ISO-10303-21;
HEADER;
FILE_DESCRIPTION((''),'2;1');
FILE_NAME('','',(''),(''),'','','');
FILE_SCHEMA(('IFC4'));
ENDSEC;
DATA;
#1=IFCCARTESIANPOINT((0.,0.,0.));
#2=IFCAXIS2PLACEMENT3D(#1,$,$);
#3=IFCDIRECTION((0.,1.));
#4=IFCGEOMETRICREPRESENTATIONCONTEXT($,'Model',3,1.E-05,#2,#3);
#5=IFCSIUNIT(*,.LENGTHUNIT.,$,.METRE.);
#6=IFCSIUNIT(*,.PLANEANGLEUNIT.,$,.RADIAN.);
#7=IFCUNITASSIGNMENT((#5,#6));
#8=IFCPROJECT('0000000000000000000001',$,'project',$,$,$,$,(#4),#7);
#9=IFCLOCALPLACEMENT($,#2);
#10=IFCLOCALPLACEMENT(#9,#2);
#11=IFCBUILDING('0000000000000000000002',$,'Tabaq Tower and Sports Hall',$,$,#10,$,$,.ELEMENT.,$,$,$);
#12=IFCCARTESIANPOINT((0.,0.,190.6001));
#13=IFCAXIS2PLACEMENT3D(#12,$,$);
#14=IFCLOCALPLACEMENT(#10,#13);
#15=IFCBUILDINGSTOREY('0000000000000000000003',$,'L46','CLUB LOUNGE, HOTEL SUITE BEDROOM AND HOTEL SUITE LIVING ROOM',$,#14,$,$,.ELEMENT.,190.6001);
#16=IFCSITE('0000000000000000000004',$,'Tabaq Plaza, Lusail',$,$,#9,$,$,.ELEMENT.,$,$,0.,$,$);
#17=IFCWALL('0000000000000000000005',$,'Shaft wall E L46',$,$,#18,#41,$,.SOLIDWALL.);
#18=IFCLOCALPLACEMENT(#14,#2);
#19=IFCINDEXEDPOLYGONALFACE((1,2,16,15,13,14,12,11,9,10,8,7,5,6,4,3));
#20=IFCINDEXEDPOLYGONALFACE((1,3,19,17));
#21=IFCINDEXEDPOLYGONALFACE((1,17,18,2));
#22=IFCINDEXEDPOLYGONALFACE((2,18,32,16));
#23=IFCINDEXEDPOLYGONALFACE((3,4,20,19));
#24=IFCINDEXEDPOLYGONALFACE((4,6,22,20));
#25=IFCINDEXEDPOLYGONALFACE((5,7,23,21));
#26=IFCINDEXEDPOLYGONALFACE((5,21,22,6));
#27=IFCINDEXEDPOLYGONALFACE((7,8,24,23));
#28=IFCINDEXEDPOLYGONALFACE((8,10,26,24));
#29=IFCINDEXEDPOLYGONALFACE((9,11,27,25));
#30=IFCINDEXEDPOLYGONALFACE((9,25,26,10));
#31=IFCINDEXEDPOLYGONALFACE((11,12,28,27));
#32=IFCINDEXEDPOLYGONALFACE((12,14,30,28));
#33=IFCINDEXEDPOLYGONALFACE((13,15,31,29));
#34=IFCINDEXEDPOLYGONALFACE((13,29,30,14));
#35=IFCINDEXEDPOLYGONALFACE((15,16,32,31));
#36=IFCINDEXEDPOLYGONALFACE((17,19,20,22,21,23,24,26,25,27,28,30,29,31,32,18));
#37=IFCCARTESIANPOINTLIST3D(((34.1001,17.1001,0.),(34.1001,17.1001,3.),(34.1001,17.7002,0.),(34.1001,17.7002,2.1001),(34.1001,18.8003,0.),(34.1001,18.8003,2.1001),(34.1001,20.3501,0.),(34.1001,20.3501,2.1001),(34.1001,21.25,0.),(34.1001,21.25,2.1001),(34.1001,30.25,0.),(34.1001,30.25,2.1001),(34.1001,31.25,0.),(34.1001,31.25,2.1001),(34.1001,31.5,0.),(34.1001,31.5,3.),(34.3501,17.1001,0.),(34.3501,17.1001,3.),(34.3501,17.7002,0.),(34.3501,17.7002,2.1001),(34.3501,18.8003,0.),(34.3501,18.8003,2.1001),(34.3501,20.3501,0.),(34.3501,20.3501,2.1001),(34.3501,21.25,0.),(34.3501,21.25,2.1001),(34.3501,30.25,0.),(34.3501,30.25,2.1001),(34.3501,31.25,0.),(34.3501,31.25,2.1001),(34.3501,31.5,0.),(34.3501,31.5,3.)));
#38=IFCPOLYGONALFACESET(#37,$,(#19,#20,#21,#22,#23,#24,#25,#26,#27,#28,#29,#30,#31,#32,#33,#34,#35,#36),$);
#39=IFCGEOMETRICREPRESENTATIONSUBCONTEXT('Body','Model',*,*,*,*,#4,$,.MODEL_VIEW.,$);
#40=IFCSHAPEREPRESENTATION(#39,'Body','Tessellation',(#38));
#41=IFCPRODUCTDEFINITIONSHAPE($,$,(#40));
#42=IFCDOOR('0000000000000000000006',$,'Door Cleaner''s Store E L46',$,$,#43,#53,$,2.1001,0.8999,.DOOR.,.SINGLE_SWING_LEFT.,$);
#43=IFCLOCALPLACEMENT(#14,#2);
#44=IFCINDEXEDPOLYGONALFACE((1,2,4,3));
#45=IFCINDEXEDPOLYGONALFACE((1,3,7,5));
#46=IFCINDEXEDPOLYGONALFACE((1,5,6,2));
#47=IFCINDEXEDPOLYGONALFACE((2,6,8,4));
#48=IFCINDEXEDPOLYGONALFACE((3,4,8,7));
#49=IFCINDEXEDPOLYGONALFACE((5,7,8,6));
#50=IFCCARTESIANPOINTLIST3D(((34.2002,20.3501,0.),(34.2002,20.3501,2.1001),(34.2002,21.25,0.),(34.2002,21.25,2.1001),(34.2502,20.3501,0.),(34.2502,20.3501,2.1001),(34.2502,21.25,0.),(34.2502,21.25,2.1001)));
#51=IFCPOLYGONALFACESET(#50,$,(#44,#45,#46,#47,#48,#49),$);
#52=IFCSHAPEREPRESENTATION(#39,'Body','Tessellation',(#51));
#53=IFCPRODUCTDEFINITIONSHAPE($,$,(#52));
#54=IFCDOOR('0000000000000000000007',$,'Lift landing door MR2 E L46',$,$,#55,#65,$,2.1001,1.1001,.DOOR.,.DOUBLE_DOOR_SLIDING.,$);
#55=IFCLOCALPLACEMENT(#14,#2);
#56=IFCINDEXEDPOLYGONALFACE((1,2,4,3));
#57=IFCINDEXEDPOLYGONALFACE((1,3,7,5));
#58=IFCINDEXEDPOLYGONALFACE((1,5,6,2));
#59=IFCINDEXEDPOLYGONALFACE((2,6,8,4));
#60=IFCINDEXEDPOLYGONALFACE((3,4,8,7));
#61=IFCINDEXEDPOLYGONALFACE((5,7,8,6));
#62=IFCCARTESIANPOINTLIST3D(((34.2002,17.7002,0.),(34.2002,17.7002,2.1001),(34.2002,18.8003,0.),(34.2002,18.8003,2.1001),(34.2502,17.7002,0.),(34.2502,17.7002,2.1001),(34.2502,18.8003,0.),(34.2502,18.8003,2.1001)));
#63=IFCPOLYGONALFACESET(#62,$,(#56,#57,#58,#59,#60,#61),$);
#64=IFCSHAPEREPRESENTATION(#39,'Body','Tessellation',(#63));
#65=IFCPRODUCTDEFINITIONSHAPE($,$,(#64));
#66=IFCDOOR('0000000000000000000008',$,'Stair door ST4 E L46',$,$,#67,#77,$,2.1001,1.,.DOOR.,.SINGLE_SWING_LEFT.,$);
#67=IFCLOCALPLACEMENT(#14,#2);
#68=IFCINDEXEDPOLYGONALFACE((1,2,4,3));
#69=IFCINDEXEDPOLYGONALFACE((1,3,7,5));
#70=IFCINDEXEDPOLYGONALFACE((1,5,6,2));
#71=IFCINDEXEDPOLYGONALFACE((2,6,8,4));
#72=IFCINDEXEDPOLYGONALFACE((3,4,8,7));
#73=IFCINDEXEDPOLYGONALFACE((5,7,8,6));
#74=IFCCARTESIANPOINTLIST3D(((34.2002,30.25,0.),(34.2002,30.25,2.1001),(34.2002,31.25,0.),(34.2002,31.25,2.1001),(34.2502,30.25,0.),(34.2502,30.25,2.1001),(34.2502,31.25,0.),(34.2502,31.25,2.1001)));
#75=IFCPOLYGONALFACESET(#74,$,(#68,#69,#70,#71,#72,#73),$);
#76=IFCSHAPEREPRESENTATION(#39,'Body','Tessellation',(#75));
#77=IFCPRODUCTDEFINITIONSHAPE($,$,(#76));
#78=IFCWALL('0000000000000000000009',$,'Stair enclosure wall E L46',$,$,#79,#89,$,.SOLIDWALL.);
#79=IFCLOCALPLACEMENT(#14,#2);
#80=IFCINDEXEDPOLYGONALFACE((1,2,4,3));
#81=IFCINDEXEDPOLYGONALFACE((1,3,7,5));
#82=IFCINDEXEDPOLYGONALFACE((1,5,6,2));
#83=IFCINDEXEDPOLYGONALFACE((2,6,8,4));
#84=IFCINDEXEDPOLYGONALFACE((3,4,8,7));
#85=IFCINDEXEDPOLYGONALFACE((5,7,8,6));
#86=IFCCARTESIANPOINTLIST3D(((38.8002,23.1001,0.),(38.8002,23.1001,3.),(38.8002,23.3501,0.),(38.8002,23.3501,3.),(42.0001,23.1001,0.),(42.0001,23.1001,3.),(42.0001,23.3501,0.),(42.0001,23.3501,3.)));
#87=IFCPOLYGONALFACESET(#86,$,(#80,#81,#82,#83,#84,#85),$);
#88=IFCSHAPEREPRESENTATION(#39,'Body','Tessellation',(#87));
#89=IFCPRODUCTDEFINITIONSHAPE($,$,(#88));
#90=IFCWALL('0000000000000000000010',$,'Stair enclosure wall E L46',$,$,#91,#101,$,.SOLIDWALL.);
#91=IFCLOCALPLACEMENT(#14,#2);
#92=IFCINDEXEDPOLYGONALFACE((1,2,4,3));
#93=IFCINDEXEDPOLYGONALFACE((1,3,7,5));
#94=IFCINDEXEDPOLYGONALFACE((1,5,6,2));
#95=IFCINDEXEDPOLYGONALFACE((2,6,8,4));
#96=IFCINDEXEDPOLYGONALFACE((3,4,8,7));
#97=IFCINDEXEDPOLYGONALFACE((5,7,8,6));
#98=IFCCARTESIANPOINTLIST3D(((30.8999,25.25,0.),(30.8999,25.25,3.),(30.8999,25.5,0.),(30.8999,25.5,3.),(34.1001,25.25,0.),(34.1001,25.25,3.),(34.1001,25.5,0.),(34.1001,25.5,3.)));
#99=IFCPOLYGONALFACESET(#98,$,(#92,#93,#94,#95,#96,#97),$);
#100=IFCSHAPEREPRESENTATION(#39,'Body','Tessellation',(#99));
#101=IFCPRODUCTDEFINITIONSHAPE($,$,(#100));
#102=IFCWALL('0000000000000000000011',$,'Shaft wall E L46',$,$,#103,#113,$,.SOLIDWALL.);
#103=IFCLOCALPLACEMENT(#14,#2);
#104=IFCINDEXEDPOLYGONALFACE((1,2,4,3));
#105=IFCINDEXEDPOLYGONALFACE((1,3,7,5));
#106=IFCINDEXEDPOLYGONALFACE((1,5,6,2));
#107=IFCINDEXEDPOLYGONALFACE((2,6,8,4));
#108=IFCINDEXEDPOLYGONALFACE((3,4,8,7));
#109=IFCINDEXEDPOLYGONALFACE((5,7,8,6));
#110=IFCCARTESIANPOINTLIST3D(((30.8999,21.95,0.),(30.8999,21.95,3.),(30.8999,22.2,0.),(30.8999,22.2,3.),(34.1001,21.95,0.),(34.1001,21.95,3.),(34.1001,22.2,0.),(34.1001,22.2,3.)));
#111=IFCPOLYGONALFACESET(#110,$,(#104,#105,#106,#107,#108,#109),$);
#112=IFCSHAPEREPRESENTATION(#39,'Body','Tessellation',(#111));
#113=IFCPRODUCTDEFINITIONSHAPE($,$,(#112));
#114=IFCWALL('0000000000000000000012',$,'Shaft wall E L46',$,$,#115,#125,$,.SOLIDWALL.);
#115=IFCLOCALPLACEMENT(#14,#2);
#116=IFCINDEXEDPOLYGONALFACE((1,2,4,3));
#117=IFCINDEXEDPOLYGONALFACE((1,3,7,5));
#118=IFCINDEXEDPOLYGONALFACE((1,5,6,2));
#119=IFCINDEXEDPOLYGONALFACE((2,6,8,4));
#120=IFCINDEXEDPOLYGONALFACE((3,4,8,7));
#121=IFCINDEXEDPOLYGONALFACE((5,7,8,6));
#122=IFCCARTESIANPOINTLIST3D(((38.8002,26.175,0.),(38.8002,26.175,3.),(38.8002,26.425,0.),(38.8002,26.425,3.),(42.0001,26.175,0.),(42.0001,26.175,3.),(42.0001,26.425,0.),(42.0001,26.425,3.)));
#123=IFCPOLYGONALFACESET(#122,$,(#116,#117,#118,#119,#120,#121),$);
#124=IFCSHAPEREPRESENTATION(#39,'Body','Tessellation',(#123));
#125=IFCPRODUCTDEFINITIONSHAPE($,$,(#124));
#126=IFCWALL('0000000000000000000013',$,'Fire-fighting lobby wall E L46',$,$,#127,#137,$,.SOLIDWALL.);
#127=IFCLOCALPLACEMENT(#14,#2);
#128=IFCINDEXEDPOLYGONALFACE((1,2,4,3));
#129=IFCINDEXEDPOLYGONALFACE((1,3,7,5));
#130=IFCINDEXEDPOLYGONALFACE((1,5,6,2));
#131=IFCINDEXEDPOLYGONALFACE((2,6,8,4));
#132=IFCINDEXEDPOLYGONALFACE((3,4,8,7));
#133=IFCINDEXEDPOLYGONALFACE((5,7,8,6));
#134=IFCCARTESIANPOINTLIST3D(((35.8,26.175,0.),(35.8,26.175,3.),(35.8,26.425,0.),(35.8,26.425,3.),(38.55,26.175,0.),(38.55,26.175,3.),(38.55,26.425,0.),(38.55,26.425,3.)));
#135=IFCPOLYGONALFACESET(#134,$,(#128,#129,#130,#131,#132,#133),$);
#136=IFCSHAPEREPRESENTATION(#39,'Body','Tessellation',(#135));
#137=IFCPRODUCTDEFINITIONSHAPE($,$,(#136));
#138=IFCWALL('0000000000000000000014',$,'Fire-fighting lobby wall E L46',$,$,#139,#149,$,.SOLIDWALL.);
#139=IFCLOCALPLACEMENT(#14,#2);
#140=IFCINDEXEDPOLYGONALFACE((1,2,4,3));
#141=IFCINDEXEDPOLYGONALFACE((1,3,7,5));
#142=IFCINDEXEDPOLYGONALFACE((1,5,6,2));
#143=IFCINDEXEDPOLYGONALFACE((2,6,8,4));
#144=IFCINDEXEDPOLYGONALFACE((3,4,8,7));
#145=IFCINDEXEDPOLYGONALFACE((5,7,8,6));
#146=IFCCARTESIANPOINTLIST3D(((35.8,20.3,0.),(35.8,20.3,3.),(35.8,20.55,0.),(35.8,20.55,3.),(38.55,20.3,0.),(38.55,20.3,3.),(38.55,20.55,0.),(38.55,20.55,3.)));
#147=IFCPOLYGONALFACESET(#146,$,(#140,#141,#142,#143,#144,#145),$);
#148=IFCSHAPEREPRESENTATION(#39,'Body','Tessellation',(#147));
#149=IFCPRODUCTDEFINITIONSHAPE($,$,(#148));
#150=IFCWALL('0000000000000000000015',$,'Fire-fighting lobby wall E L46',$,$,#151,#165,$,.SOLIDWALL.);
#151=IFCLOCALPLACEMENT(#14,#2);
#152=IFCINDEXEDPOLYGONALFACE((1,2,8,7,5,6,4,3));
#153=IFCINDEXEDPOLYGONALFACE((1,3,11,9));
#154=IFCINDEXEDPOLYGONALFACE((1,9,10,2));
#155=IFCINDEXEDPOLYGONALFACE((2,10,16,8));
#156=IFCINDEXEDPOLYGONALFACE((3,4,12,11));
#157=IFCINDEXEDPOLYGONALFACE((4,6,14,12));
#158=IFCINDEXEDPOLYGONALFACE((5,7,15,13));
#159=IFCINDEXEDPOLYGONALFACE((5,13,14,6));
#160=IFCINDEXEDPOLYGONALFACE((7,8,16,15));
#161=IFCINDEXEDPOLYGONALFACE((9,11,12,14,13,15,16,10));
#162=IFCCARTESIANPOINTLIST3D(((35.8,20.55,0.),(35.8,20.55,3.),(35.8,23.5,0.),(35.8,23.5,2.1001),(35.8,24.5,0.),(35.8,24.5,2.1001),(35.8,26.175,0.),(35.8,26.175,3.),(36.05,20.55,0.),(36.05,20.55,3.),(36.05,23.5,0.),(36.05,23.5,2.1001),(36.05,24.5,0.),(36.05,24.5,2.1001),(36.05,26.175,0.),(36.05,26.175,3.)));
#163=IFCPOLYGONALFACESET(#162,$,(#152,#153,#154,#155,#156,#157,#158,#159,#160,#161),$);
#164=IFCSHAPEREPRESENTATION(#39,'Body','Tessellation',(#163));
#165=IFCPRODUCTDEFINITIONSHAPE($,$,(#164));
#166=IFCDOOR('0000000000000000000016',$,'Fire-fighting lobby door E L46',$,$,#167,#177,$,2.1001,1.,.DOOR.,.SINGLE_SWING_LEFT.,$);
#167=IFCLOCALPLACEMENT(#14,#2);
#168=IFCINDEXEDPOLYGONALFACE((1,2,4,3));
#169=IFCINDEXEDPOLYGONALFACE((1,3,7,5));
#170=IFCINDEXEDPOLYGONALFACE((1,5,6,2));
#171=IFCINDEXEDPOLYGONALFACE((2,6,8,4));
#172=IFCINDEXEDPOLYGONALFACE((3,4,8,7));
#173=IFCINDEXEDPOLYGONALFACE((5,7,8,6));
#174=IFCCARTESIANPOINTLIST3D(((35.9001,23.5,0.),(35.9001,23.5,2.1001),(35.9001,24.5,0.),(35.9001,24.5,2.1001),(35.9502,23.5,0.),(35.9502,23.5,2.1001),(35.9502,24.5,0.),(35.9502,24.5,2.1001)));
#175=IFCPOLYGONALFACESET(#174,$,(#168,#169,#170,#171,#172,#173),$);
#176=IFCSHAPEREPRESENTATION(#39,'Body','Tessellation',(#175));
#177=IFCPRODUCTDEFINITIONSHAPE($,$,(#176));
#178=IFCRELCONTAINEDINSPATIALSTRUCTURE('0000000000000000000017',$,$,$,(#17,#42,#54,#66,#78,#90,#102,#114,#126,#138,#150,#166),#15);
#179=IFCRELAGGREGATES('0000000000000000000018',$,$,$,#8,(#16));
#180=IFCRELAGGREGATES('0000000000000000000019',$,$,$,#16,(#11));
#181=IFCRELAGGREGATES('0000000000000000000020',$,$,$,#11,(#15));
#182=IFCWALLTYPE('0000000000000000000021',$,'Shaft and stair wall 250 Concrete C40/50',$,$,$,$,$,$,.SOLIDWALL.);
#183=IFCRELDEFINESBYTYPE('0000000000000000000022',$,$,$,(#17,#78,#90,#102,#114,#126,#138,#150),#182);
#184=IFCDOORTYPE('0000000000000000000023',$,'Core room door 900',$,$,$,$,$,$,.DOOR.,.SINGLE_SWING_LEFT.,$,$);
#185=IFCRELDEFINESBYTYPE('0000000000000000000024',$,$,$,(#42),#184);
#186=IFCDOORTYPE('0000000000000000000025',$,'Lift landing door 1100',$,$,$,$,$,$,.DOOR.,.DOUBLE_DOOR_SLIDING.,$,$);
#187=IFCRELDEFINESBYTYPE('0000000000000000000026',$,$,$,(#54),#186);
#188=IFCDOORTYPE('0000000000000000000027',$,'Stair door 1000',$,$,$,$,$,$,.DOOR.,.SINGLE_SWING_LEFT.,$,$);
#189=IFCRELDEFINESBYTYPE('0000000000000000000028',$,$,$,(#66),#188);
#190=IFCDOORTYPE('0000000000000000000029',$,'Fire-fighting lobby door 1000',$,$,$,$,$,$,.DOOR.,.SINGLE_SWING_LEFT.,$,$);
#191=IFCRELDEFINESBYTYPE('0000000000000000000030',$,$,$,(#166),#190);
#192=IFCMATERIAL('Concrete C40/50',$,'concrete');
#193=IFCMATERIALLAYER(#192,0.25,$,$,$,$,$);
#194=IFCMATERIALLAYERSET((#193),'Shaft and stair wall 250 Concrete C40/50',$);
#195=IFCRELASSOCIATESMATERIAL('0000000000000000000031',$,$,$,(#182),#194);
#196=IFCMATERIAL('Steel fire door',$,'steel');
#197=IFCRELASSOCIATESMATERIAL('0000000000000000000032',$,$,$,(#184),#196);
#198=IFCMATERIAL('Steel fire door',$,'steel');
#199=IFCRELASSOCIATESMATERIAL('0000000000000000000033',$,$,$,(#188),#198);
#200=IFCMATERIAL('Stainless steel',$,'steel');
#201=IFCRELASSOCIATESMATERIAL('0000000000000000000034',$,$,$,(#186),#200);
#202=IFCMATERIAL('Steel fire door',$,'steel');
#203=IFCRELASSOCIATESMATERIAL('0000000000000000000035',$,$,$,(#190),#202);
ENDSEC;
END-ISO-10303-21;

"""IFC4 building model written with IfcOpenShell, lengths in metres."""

from ifc_helpers import new_model, si_unit, direction, frame, frame_2d, origin, place, context, subcontext, project, spatial, rectangle, extrude, material, layer, layer_set, type_object, element, fill, save


model = new_model("IFC4")

# Units and contexts
model_context = context("Model", 3, precision=1e-05, world=origin(), true_north=direction((0.0, 1.0)))
body_context = subcontext(model_context, "Body", "Model", "MODEL_VIEW")
ifc_project = project(units=[si_unit("LENGTHUNIT", "METRE"), si_unit("PLANEANGLEUNIT", "RADIAN")], contexts=[model_context])

# Site, building, storey
site_placement = place(None, origin())
site = spatial("IfcSite", under=ifc_project, at=site_placement, Name="Tabaq Plaza, Lusail", CompositionType="ELEMENT", RefElevation=0.0)
building_placement = place(site_placement, origin())
building = spatial("IfcBuilding", under=site, at=building_placement, Name="Tabaq Tower and Sports Hall", CompositionType="ELEMENT")
storey_placement = place(building_placement, frame((0.0, 0.0, 190.6001)))
storey = spatial("IfcBuildingStorey", under=building, at=storey_placement, Name="L46", Description="CLUB LOUNGE, HOTEL SUITE BEDROOM AND HOTEL SUITE LIVING ROOM", CompositionType="ELEMENT", Elevation=190.6001)

# Wall, openings, doors
ifc_material_1 = material(Name="Concrete C40/50", Category="concrete")
ifc_layer_1 = layer(ifc_material_1, 0.25)
ifc_layer_set_1 = layer_set([ifc_layer_1], Name="Shaft and stair wall 250 Concrete C40/50")
wall_type_1 = type_object("IfcWallType", Name="Shaft and stair wall 250 Concrete C40/50", PredefinedType="SOLIDWALL", material=ifc_layer_set_1)
ifc_material_2 = material(Name="Steel fire door", Category="steel")
door_type_1 = type_object("IfcDoorType", Name="Core room door 900", OperationType="SINGLE_SWING_LEFT", PredefinedType="DOOR", material=ifc_material_2)
ifc_material_3 = material(Name="Steel fire door", Category="steel")
door_type_2 = type_object("IfcDoorType", Name="Stair door 1000", OperationType="SINGLE_SWING_LEFT", PredefinedType="DOOR", material=ifc_material_3)
wall_1_placement = place(storey_placement, frame((34.2251, 17.1001, 0.0), z_axis=(0.0, 0.0, 1.0), x_axis=(0.0, 1.0, 0.0)))
wall_1 = element("IfcWall", 1, at=wall_1_placement, inside=storey, type_object=wall_type_1, Name="Shaft wall E L46", PredefinedType="SOLIDWALL", context=body_context, shape_type="SweptSolid", body=[
    extrude(rectangle(XDim=14.3999, YDim=0.25, at=frame_2d((7.2, 0.0))), origin(), (0.0, 0.0, 1.0), 3.0),
])
opening_1_placement = place(wall_1_placement, frame((13.1499, 0.0, 0.0)))
opening_1 = element("IfcOpeningElement", 2, at=opening_1_placement, cuts=wall_1, PredefinedType="OPENING", context=body_context, shape_type="SweptSolid", body=[
    extrude(rectangle(XDim=1.0, YDim=2.1001, at=frame_2d((0.5, 1.05))), frame((0.0, 0.125, 0.0), z_axis=(0.0, -1.0, 0.0), x_axis=(1.0, 0.0, 0.0)), (0.0, 0.0, 1.0), 0.25),
])
opening_2_placement = place(wall_1_placement, frame((0.6001, 0.0, 0.0)))
opening_2 = element("IfcOpeningElement", 3, at=opening_2_placement, cuts=wall_1, PredefinedType="OPENING", context=body_context, shape_type="SweptSolid", body=[
    extrude(rectangle(XDim=1.1001, YDim=2.1001, at=frame_2d((0.55, 1.05))), frame((0.0, 0.125, 0.0), z_axis=(0.0, -1.0, 0.0), x_axis=(1.0, 0.0, 0.0)), (0.0, 0.0, 1.0), 0.25),
])
opening_3_placement = place(wall_1_placement, frame((3.25, 0.0, 0.0)))
opening_3 = element("IfcOpeningElement", 4, at=opening_3_placement, cuts=wall_1, PredefinedType="OPENING", context=body_context, shape_type="SweptSolid", body=[
    extrude(rectangle(XDim=0.8999, YDim=2.1001, at=frame_2d((0.45, 1.05))), frame((0.0, 0.125, 0.0), z_axis=(0.0, -1.0, 0.0), x_axis=(1.0, 0.0, 0.0)), (0.0, 0.0, 1.0), 0.25),
])
door_1_placement = place(opening_3_placement, origin())
door_1 = element("IfcDoor", 5, at=door_1_placement, inside=storey, type_object=door_type_1, Name="Door Cleaner's Store E L46", OperationType="SINGLE_SWING_LEFT", OverallHeight=2.1001, OverallWidth=0.8999, PredefinedType="DOOR", context=body_context, shape_type="SweptSolid", body=[
    extrude(rectangle(XDim=0.8999, YDim=2.1001, at=frame_2d((0.45, 1.05))), frame((0.0, 0.0249, 0.0), z_axis=(0.0, -1.0, 0.0), x_axis=(1.0, 0.0, 0.0)), (0.0, 0.0, 1.0), 0.05),
])
fill(opening_3, door_1)
ifc_material_4 = material(Name="Stainless steel", Category="steel")
door_type_3 = type_object("IfcDoorType", Name="Lift landing door 1100", OperationType="DOUBLE_DOOR_SLIDING", PredefinedType="DOOR", material=ifc_material_4)
door_2_placement = place(opening_2_placement, origin())
door_2 = element("IfcDoor", 6, at=door_2_placement, inside=storey, type_object=door_type_3, Name="Lift landing door MR2 E L46", OperationType="DOUBLE_DOOR_SLIDING", OverallHeight=2.1001, OverallWidth=1.1001, PredefinedType="DOOR", context=body_context, shape_type="SweptSolid", body=[
    extrude(rectangle(XDim=1.1001, YDim=2.1001, at=frame_2d((0.55, 1.05))), frame((0.0, 0.0249, 0.0), z_axis=(0.0, -1.0, 0.0), x_axis=(1.0, 0.0, 0.0)), (0.0, 0.0, 1.0), 0.05),
])
fill(opening_2, door_2)
door_3_placement = place(opening_1_placement, origin())
door_3 = element("IfcDoor", 7, at=door_3_placement, inside=storey, type_object=door_type_2, Name="Stair door ST4 E L46", OperationType="SINGLE_SWING_LEFT", OverallHeight=2.1001, OverallWidth=1.0, PredefinedType="DOOR", context=body_context, shape_type="SweptSolid", body=[
    extrude(rectangle(XDim=1.0, YDim=2.1001, at=frame_2d((0.5, 1.05))), frame((0.0, 0.0249, 0.0), z_axis=(0.0, -1.0, 0.0), x_axis=(1.0, 0.0, 0.0)), (0.0, 0.0, 1.0), 0.05),
])
fill(opening_1, door_3)

# Walls
wall_2_placement = place(storey_placement, frame((38.8, 23.2251, 0.0), z_axis=(0.0, 0.0, 1.0), x_axis=(1.0, 0.0, 0.0)))
element("IfcWall", 8, at=wall_2_placement, inside=storey, type_object=wall_type_1, Name="Stair enclosure wall E L46", PredefinedType="SOLIDWALL", context=body_context, shape_type="SweptSolid", body=[
    extrude(rectangle(XDim=3.2, YDim=0.25, at=frame_2d((1.6001, 0.0))), origin(), (0.0, 0.0, 1.0), 3.0),
])
for number, where, z_axis, x_axis, name in (
    (9, (30.8999, 25.375, 0.0), (0.0, 0.0, 1.0), (1.0, 0.0, 0.0), "Stair enclosure wall E L46"),
    (10, (30.8999, 22.075, 0.0), (0.0, 0.0, 1.0), (1.0, 0.0, 0.0), "Shaft wall E L46"),
):
    element("IfcWall", number, at=place(storey_placement, frame(where, z_axis=z_axis, x_axis=x_axis)), inside=storey, type_object=wall_type_1, Name=name, PredefinedType="SOLIDWALL", context=body_context, shape_type="SweptSolid", body=[
        extrude(rectangle(XDim=3.2002, YDim=0.25, at=frame_2d((1.6001, 0.0))), origin(), (0.0, 0.0, 1.0), 3.0),
    ])
wall_3_placement = place(storey_placement, frame((38.8, 26.3, 0.0), z_axis=(0.0, 0.0, 1.0), x_axis=(1.0, 0.0, 0.0)))
element("IfcWall", 11, at=wall_3_placement, inside=storey, type_object=wall_type_1, Name="Shaft wall E L46", PredefinedType="SOLIDWALL", context=body_context, shape_type="SweptSolid", body=[
    extrude(rectangle(XDim=3.2, YDim=0.25, at=frame_2d((1.6001, 0.0))), origin(), (0.0, 0.0, 1.0), 3.0),
])
for number, where, z_axis, x_axis, name in (
    (12, (35.8, 26.3, 0.0), (0.0, 0.0, 1.0), (1.0, 0.0, 0.0), "Fire-fighting lobby wall E L46"),
    (13, (35.8, 20.425, 0.0), (0.0, 0.0, 1.0), (1.0, 0.0, 0.0), "Fire-fighting lobby wall E L46"),
):
    element("IfcWall", number, at=place(storey_placement, frame(where, z_axis=z_axis, x_axis=x_axis)), inside=storey, type_object=wall_type_1, Name=name, PredefinedType="SOLIDWALL", context=body_context, shape_type="SweptSolid", body=[
        extrude(rectangle(XDim=2.75, YDim=0.25, at=frame_2d((1.375, 0.0))), origin(), (0.0, 0.0, 1.0), 3.0),
    ])

# Wall, opening, door
wall_4_placement = place(storey_placement, frame((35.925, 20.55, 0.0), z_axis=(0.0, 0.0, 1.0), x_axis=(0.0, 1.0, 0.0)))
wall_4 = element("IfcWall", 14, at=wall_4_placement, inside=storey, type_object=wall_type_1, Name="Fire-fighting lobby wall E L46", PredefinedType="SOLIDWALL", context=body_context, shape_type="SweptSolid", body=[
    extrude(rectangle(XDim=5.625, YDim=0.25, at=frame_2d((2.8125, 0.0))), origin(), (0.0, 0.0, 1.0), 3.0),
])
opening_4_placement = place(wall_4_placement, frame((2.95, 0.0, 0.0)))
opening_4 = element("IfcOpeningElement", 15, at=opening_4_placement, cuts=wall_4, PredefinedType="OPENING", context=body_context, shape_type="SweptSolid", body=[
    extrude(rectangle(XDim=1.0, YDim=2.1001, at=frame_2d((0.5, 1.05))), frame((0.0, 0.125, 0.0), z_axis=(0.0, -1.0, 0.0), x_axis=(1.0, 0.0, 0.0)), (0.0, 0.0, 1.0), 0.25),
])
ifc_material_5 = material(Name="Steel fire door", Category="steel")
door_type_4 = type_object("IfcDoorType", Name="Fire-fighting lobby door 1000", OperationType="SINGLE_SWING_LEFT", PredefinedType="DOOR", material=ifc_material_5)
door_4_placement = place(opening_4_placement, origin())
door_4 = element("IfcDoor", 16, at=door_4_placement, inside=storey, type_object=door_type_4, Name="Fire-fighting lobby door E L46", OperationType="SINGLE_SWING_LEFT", OverallHeight=2.1001, OverallWidth=1.0, PredefinedType="DOOR", context=body_context, shape_type="SweptSolid", body=[
    extrude(rectangle(XDim=1.0, YDim=2.1001, at=frame_2d((0.5, 1.05))), frame((0.0, 0.0249, 0.0), z_axis=(0.0, -1.0, 0.0), x_axis=(1.0, 0.0, 0.0)), (0.0, 0.0, 1.0), 0.05),
])
fill(opening_4, door_4)

save(model, "model.ifc")
